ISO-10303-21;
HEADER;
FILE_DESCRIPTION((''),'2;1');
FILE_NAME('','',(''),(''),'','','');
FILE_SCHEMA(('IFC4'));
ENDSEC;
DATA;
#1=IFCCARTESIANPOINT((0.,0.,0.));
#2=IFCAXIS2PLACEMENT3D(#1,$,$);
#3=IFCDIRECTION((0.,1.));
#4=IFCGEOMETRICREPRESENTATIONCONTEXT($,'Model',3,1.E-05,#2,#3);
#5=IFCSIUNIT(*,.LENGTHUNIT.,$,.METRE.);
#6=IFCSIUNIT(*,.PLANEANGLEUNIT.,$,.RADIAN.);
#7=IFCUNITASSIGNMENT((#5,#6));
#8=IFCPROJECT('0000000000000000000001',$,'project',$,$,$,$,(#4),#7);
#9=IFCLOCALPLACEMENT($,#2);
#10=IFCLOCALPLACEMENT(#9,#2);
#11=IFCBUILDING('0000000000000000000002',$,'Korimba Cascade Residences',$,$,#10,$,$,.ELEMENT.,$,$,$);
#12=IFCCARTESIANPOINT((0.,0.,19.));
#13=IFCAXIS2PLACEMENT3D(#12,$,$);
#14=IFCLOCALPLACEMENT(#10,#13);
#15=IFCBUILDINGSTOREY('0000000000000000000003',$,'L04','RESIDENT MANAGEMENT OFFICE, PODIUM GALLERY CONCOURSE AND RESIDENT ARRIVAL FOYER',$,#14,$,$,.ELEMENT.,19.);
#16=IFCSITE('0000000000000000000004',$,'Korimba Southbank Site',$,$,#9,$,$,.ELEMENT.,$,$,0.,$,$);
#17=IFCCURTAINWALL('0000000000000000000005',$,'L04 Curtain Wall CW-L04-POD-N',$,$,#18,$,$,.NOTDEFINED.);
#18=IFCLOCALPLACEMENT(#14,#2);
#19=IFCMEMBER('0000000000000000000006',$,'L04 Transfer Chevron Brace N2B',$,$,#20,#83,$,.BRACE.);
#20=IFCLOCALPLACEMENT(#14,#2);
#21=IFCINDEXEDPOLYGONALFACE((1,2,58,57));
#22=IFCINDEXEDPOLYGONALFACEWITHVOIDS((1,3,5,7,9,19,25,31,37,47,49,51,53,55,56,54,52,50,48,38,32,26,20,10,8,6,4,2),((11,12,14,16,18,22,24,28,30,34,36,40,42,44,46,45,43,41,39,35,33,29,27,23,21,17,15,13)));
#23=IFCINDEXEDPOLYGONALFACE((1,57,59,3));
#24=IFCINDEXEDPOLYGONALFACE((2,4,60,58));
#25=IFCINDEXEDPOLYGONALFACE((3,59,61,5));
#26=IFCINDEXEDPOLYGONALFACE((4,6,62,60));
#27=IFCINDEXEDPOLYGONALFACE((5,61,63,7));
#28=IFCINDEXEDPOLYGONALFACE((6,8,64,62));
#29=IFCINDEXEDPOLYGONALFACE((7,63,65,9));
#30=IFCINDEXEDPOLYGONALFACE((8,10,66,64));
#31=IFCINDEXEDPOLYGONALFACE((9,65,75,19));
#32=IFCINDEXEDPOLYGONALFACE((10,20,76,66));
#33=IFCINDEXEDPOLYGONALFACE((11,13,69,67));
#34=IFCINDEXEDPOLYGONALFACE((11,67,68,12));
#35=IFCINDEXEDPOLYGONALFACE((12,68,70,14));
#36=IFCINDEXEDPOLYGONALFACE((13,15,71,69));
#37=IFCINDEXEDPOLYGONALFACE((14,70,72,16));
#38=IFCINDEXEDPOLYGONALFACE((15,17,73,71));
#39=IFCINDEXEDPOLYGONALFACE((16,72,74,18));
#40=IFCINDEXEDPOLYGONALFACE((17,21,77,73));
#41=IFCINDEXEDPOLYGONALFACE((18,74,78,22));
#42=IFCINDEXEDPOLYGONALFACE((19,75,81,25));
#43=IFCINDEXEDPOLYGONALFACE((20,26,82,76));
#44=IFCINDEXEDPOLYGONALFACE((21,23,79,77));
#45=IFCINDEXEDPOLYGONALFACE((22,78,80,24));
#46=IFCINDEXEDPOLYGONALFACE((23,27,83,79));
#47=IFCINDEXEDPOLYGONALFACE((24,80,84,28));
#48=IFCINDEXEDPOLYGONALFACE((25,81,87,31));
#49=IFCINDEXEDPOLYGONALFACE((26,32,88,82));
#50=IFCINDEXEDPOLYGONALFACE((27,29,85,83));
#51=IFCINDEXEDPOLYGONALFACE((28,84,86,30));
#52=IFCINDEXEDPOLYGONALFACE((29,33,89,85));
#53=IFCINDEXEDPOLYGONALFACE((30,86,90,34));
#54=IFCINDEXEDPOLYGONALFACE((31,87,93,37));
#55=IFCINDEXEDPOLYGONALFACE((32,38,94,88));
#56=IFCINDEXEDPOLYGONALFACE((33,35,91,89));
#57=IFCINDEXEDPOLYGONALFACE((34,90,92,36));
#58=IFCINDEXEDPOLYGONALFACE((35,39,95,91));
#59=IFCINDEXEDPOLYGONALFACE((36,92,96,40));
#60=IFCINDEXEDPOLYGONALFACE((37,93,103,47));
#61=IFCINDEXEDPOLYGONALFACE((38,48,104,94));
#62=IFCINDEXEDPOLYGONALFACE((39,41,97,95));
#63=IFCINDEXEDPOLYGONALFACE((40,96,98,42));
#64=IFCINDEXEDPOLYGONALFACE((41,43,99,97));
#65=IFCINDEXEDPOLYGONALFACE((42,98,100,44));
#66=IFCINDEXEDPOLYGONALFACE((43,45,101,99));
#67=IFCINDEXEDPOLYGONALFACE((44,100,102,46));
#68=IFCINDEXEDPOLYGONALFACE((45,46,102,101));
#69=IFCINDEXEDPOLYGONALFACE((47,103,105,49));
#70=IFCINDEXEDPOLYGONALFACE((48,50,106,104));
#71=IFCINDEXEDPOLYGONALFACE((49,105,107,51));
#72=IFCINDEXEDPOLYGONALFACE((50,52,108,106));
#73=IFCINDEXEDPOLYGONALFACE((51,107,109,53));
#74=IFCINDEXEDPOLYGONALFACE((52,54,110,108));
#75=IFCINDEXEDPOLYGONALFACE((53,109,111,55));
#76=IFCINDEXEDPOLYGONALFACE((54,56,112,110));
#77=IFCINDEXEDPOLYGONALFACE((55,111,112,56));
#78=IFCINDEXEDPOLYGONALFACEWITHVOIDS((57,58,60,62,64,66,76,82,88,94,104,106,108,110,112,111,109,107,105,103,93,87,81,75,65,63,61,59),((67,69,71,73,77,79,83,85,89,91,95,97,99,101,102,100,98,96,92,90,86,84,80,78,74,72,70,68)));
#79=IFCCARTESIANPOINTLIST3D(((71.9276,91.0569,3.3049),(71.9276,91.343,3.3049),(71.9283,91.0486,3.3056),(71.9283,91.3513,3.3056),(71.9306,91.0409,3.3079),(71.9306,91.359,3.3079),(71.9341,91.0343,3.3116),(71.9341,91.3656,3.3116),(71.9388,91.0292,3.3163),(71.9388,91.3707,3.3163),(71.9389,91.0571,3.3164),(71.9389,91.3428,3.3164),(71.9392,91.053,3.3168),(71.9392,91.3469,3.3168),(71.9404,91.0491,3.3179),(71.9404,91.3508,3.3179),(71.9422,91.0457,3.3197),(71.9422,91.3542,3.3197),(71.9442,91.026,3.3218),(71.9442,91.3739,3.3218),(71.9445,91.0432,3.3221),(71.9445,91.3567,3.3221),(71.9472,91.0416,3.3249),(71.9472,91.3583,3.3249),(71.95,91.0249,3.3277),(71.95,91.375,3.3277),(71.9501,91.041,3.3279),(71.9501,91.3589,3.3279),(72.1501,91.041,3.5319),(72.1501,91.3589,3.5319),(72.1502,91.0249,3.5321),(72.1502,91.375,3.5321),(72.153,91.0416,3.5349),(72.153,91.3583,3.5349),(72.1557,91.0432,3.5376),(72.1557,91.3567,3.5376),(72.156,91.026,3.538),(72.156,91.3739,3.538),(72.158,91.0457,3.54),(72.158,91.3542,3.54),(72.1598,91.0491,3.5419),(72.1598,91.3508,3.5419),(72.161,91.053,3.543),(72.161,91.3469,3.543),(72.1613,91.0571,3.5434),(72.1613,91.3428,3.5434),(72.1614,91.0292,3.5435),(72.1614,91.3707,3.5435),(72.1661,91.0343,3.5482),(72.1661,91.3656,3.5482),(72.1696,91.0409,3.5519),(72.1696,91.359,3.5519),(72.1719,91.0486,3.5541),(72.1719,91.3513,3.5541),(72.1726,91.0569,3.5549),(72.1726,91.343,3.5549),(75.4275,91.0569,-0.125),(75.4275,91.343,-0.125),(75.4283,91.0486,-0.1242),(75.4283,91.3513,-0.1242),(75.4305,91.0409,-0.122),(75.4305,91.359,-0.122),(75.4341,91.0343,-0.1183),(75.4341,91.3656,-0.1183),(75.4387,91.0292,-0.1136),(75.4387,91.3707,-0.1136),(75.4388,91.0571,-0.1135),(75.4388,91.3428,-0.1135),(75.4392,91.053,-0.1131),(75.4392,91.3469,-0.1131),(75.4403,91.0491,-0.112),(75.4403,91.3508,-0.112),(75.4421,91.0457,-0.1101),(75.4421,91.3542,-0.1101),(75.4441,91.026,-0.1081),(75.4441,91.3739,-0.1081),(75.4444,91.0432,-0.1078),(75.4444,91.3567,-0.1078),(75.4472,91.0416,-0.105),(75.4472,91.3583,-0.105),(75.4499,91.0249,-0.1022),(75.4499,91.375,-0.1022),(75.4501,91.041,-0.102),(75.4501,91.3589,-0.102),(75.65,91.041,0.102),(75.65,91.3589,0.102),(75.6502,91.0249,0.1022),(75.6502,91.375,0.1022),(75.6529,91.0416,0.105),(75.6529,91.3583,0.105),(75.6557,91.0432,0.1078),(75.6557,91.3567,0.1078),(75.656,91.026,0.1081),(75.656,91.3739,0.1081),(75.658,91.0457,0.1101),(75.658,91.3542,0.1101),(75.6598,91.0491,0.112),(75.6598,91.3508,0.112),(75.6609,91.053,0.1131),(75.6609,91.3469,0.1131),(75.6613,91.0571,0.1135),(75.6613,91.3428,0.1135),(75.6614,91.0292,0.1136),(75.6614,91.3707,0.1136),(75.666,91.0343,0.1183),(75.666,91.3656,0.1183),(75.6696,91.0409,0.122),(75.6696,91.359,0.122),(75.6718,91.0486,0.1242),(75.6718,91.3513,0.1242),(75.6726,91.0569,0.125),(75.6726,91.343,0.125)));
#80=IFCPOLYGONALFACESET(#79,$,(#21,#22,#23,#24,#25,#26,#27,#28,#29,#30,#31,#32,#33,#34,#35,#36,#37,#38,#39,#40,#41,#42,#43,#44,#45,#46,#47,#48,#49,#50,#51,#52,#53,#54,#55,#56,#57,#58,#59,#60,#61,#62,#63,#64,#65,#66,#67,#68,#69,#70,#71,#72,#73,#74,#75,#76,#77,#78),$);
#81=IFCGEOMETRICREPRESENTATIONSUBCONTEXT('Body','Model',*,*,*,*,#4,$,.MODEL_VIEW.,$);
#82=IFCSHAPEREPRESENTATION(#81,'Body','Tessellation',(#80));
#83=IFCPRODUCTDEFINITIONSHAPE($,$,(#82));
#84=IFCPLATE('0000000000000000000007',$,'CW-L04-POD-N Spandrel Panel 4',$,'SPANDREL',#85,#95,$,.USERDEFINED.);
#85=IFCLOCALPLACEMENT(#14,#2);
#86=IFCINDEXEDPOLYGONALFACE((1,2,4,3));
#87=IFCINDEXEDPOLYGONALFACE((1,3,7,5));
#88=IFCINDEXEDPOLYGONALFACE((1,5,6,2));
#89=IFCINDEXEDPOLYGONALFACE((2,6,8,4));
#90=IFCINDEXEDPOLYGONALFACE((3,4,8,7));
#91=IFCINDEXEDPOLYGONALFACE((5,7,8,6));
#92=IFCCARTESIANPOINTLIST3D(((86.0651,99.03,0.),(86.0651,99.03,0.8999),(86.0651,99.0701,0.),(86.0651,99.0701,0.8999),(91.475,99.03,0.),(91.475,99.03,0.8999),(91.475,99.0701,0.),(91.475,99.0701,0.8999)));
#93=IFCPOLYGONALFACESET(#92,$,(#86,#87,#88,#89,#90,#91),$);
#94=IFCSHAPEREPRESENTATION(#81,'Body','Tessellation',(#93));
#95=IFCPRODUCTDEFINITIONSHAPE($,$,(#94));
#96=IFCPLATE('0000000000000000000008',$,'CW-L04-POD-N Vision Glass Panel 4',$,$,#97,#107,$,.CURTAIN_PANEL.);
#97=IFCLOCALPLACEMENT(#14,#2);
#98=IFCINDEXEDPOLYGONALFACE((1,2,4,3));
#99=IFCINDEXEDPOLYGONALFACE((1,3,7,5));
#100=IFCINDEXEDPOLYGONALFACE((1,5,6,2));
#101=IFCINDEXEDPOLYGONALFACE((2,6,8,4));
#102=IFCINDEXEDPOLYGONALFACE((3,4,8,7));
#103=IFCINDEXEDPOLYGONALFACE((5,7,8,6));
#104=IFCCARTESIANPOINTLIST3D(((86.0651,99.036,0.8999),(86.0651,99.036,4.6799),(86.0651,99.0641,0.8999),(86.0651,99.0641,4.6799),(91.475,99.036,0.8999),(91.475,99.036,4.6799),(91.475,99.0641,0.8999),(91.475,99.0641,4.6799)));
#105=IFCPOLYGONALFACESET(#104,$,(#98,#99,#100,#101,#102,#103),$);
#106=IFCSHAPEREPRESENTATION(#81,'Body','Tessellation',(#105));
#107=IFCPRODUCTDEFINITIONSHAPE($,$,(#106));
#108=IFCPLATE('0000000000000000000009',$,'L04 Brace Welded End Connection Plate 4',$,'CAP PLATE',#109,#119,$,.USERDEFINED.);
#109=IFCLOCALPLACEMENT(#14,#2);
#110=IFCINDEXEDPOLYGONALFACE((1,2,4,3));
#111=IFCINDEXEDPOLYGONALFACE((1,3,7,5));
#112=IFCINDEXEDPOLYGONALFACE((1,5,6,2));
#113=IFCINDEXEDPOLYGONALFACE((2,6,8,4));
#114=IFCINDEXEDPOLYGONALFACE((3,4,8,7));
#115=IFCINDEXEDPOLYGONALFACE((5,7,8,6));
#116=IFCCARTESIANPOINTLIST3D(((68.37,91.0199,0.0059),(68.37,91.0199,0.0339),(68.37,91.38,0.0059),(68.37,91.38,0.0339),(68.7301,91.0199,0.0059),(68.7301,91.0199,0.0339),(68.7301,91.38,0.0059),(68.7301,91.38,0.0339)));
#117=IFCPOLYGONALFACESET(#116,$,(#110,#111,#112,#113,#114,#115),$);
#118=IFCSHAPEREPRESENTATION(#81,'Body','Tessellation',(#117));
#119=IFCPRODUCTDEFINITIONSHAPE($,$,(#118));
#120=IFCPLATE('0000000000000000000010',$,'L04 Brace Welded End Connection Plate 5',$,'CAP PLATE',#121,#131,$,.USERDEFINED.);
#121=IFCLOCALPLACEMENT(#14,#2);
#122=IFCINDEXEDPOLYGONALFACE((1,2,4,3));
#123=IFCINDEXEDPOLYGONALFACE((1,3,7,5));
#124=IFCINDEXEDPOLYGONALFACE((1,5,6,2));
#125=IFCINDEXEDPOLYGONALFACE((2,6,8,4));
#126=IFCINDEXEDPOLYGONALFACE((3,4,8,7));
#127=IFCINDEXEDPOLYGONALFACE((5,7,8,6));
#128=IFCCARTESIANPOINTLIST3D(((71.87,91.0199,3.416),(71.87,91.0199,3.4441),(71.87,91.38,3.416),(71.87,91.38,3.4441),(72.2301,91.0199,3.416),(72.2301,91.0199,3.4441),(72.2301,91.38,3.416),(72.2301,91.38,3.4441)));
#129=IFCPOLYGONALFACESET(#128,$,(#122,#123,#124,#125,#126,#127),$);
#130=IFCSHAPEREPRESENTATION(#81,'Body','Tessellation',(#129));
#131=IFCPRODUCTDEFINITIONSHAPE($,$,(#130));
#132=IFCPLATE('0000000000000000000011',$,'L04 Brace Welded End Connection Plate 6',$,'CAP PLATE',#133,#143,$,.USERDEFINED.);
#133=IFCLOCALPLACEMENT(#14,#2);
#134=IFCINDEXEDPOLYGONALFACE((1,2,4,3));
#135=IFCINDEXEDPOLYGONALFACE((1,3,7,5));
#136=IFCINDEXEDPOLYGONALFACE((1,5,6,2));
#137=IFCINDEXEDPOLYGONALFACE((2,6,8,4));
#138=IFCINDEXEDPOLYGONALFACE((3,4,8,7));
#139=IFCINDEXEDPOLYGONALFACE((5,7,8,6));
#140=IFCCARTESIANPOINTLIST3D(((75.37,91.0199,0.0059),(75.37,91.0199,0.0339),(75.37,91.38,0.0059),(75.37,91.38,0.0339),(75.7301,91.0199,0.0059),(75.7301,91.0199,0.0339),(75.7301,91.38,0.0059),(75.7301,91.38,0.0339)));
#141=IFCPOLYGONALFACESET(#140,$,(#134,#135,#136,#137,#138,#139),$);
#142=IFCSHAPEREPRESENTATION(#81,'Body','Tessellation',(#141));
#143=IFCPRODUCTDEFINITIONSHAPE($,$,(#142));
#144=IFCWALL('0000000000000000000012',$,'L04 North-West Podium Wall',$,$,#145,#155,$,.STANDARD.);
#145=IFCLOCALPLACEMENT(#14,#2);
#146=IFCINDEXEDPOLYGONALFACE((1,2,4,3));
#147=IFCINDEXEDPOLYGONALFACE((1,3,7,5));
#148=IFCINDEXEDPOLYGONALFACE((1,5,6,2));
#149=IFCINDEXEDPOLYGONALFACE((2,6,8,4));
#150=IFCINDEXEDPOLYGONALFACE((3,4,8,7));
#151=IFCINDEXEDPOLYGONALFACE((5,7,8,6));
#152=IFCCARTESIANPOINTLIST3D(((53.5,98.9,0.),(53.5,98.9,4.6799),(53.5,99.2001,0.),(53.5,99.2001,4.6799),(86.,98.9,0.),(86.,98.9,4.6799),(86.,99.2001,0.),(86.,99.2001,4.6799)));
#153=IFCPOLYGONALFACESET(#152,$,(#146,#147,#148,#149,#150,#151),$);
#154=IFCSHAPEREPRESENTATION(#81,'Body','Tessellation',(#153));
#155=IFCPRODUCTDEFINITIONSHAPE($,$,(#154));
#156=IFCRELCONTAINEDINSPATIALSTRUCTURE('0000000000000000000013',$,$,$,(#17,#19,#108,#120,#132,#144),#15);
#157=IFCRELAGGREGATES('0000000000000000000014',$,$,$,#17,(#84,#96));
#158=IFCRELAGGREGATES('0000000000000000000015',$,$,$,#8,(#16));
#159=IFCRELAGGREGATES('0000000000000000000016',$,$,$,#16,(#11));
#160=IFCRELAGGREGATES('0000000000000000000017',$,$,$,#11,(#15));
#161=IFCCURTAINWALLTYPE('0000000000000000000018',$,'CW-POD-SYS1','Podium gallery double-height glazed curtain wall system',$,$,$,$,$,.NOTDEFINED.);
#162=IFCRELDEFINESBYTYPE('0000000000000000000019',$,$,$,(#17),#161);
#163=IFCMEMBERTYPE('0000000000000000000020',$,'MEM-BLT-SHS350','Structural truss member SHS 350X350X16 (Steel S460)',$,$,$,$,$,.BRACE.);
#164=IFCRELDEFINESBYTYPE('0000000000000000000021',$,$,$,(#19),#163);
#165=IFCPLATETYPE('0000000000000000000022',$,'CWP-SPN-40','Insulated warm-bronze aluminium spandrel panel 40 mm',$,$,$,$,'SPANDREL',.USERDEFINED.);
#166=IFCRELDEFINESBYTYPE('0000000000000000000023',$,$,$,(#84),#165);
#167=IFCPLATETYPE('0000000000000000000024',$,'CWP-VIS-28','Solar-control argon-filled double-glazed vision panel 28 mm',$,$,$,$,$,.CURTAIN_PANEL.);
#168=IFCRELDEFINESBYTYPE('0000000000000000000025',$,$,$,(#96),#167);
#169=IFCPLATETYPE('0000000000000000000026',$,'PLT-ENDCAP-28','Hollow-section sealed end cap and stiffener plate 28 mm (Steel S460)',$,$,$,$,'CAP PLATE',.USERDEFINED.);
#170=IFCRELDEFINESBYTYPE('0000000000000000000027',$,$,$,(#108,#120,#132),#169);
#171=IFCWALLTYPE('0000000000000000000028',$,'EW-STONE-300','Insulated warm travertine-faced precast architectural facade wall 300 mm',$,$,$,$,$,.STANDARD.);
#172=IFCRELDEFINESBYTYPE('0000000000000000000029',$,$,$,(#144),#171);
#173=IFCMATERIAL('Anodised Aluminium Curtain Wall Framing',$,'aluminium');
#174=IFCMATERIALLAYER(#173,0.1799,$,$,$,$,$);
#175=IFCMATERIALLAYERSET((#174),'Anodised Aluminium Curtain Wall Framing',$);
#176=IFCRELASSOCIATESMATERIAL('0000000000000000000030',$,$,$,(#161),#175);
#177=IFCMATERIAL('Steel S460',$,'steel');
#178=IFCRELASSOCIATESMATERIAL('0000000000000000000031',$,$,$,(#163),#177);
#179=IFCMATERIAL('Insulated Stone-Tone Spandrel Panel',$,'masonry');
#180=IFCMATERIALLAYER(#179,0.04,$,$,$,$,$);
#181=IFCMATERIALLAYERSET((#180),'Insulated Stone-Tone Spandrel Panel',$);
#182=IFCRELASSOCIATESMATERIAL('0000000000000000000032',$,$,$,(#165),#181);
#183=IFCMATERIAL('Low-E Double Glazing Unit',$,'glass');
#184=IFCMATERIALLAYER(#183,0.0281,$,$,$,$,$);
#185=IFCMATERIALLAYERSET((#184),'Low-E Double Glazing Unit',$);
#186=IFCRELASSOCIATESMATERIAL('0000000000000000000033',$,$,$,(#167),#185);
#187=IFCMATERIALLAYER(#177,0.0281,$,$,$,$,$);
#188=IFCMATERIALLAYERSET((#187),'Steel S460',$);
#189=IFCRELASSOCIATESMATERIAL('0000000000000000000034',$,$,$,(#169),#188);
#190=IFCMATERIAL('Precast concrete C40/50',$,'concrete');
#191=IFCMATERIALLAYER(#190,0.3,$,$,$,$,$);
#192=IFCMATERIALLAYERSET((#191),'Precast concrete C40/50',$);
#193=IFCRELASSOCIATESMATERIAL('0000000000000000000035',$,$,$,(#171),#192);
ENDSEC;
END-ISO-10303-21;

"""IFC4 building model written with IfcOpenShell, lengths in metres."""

from ifc_helpers import new_model, si_unit, direction, frame, frame_2d, origin, origin_2d, place, context, subcontext, project, spatial, rectangle, hollow_rectangle, extrude, material, layer, layer_set, material_profile, profile_set, type_object, element, aggregate, save


model = new_model("IFC4")

# Units and contexts
model_context = context("Model", 3, precision=1e-05, world=origin(), true_north=direction((0.0, 1.0)))
body_context = subcontext(model_context, "Body", "Model", "MODEL_VIEW")
ifc_project = project(units=[si_unit("LENGTHUNIT", "METRE"), si_unit("PLANEANGLEUNIT", "RADIAN")], contexts=[model_context])

# Site, building, storey
site_placement = place(None, origin())
site = spatial("IfcSite", under=ifc_project, at=site_placement, Name="Korimba Southbank Site", CompositionType="ELEMENT", RefElevation=0.0)
building_placement = place(site_placement, origin())
building = spatial("IfcBuilding", under=site, at=building_placement, Name="Korimba Cascade Residences", CompositionType="ELEMENT")
storey_placement = place(building_placement, frame((0.0, 0.0, 19.0)))
storey = spatial("IfcBuildingStorey", under=building, at=storey_placement, Name="L04", Description="RESIDENT MANAGEMENT OFFICE, PODIUM GALLERY CONCOURSE AND RESIDENT ARRIVAL FOYER", CompositionType="ELEMENT", Elevation=19.0)

# Curtain wall
ifc_material_1 = material(Name="Anodised Aluminium Curtain Wall Framing", Category="aluminium")
ifc_layer_1 = layer(ifc_material_1, 0.1799)
ifc_layer_set_1 = layer_set([ifc_layer_1], Name="Anodised Aluminium Curtain Wall Framing")
curtain_wall_type = type_object("IfcCurtainWallType", Name="CW-POD-SYS1", Description="Podium gallery double-height glazed curtain wall system", PredefinedType="NOTDEFINED", material=ifc_layer_set_1)
curtain_wall_placement = place(storey_placement, origin())
curtain_wall = element("IfcCurtainWall", 1, at=curtain_wall_placement, inside=storey, type_object=curtain_wall_type, Name="L04 Curtain Wall CW-L04-POD-N", PredefinedType="NOTDEFINED")

# Member
ifc_material_2 = material(Name="Steel S460", Category="steel")
ifc_material_profile_1 = material_profile(ifc_material_2, hollow_rectangle(XDim=0.3501, YDim=0.3501, WallThickness=0.0161, InnerFilletRadius=0.0161, OuterFilletRadius=0.032, at=origin_2d()), Name="Steel S460")
ifc_profile_set_1 = profile_set([ifc_material_profile_1], Name="Steel S460")
member_type_1 = type_object("IfcMemberType", Name="MEM-BLT-SHS350", Description="Structural truss member SHS 350X350X16 (Steel S460)", PredefinedType="BRACE", material=ifc_profile_set_1)
for number, where, z_axis, x_axis, name in (
    (2, (75.55, 91.2, 0.0), (-0.71422, 0.0, 0.699921), (0.0, -1.0, 0.0), "L04 Transfer Chevron Brace N2B"),
):
    element("IfcMember", number, at=place(storey_placement, frame(where, z_axis=z_axis, x_axis=x_axis)), inside=storey, type_object=member_type_1, Name=name, PredefinedType="BRACE", context=body_context, shape_type="SweptSolid", body=[
        extrude(hollow_rectangle(XDim=0.3501, YDim=0.3501, WallThickness=0.0161, InnerFilletRadius=0.0161, OuterFilletRadius=0.032, at=origin_2d()), origin(), (0.0, 0.0, 1.0), 4.9004),
    ])

# Plates
ifc_material_3 = material(Name="Insulated Stone-Tone Spandrel Panel", Category="masonry")
ifc_layer_2 = layer(ifc_material_3, 0.04)
ifc_layer_set_2 = layer_set([ifc_layer_2], Name="Insulated Stone-Tone Spandrel Panel")
plate_type_1 = type_object("IfcPlateType", Name="CWP-SPN-40", Description="Insulated warm-bronze aluminium spandrel panel 40 mm", ElementType="SPANDREL", PredefinedType="USERDEFINED", material=ifc_layer_set_2)
plate_1_placement = place(storey_placement, frame((88.77, 99.05, 0.0), z_axis=(0.0, 0.0, 1.0), x_axis=(-1.0, 0.0, 0.0)))
plate_1 = element("IfcPlate", 3, at=plate_1_placement, type_object=plate_type_1, Name="CW-L04-POD-N Spandrel Panel 4", ObjectType="SPANDREL", PredefinedType="USERDEFINED", context=body_context, shape_type="SweptSolid", body=[
    extrude(rectangle(XDim=5.4099, YDim=0.04, at=origin_2d()), origin(), (0.0, 0.0, 1.0), 0.8999),
])
ifc_material_4 = material(Name="Low-E Double Glazing Unit", Category="glass")
ifc_layer_3 = layer(ifc_material_4, 0.0281)
ifc_layer_set_3 = layer_set([ifc_layer_3], Name="Low-E Double Glazing Unit")
plate_type_2 = type_object("IfcPlateType", Name="CWP-VIS-28", Description="Solar-control argon-filled double-glazed vision panel 28 mm", PredefinedType="CURTAIN_PANEL", material=ifc_layer_set_3)
plate_2_placement = place(storey_placement, frame((88.77, 99.05, 0.8999), z_axis=(0.0, 0.0, 1.0), x_axis=(-1.0, 0.0, 0.0)))
plate_2 = element("IfcPlate", 4, at=plate_2_placement, type_object=plate_type_2, Name="CW-L04-POD-N Vision Glass Panel 4", PredefinedType="CURTAIN_PANEL", context=body_context, shape_type="SweptSolid", body=[
    extrude(rectangle(XDim=5.4099, YDim=0.0281, at=origin_2d()), origin(), (0.0, 0.0, 1.0), 3.78),
])
aggregate(curtain_wall, [plate_1, plate_2])

# Plates
ifc_layer_4 = layer(ifc_material_2, 0.0281)
ifc_layer_set_4 = layer_set([ifc_layer_4], Name="Steel S460")
plate_type_3 = type_object("IfcPlateType", Name="PLT-ENDCAP-28", Description="Hollow-section sealed end cap and stiffener plate 28 mm (Steel S460)", ElementType="CAP PLATE", PredefinedType="USERDEFINED", material=ifc_layer_set_4)
for number, where, z_axis, x_axis, name in (
    (5, (68.55, 91.2, 0.0059), (0.0, 0.0, 1.0), (1.0, 0.0, 0.0), "L04 Brace Welded End Connection Plate 4"),
    (6, (72.05, 91.2, 3.416), (0.0, 0.0, 1.0), (1.0, 0.0, 0.0), "L04 Brace Welded End Connection Plate 5"),
    (7, (75.55, 91.2, 0.0059), (0.0, 0.0, 1.0), (1.0, 0.0, 0.0), "L04 Brace Welded End Connection Plate 6"),
):
    element("IfcPlate", number, at=place(storey_placement, frame(where, z_axis=z_axis, x_axis=x_axis)), inside=storey, type_object=plate_type_3, Name=name, ObjectType="CAP PLATE", PredefinedType="USERDEFINED", context=body_context, shape_type="SweptSolid", body=[
        extrude(rectangle(XDim=0.3601, YDim=0.3601, at=origin_2d()), origin(), (0.0, 0.0, 1.0), 0.0281),
    ])

# Wall
ifc_material_5 = material(Name="Precast concrete C40/50", Category="concrete")
ifc_layer_5 = layer(ifc_material_5, 0.3)
ifc_layer_set_5 = layer_set([ifc_layer_5], Name="Precast concrete C40/50")
wall_type = type_object("IfcWallType", Name="EW-STONE-300", Description="Insulated warm travertine-faced precast architectural facade wall 300 mm", PredefinedType="STANDARD", material=ifc_layer_set_5)
wall_placement = place(storey_placement, frame((86.0, 99.05, 0.0), z_axis=(0.0, 0.0, 1.0), x_axis=(-1.0, 0.0, 0.0)))
element("IfcWall", 8, at=wall_placement, inside=storey, type_object=wall_type, Name="L04 North-West Podium Wall", PredefinedType="STANDARD", context=body_context, shape_type="SweptSolid", body=[
    extrude(rectangle(XDim=32.5, YDim=0.3, at=frame_2d((16.25, 0.0))), origin(), (0.0, 0.0, 1.0), 4.6799),
])

save(model, "model.ifc")
